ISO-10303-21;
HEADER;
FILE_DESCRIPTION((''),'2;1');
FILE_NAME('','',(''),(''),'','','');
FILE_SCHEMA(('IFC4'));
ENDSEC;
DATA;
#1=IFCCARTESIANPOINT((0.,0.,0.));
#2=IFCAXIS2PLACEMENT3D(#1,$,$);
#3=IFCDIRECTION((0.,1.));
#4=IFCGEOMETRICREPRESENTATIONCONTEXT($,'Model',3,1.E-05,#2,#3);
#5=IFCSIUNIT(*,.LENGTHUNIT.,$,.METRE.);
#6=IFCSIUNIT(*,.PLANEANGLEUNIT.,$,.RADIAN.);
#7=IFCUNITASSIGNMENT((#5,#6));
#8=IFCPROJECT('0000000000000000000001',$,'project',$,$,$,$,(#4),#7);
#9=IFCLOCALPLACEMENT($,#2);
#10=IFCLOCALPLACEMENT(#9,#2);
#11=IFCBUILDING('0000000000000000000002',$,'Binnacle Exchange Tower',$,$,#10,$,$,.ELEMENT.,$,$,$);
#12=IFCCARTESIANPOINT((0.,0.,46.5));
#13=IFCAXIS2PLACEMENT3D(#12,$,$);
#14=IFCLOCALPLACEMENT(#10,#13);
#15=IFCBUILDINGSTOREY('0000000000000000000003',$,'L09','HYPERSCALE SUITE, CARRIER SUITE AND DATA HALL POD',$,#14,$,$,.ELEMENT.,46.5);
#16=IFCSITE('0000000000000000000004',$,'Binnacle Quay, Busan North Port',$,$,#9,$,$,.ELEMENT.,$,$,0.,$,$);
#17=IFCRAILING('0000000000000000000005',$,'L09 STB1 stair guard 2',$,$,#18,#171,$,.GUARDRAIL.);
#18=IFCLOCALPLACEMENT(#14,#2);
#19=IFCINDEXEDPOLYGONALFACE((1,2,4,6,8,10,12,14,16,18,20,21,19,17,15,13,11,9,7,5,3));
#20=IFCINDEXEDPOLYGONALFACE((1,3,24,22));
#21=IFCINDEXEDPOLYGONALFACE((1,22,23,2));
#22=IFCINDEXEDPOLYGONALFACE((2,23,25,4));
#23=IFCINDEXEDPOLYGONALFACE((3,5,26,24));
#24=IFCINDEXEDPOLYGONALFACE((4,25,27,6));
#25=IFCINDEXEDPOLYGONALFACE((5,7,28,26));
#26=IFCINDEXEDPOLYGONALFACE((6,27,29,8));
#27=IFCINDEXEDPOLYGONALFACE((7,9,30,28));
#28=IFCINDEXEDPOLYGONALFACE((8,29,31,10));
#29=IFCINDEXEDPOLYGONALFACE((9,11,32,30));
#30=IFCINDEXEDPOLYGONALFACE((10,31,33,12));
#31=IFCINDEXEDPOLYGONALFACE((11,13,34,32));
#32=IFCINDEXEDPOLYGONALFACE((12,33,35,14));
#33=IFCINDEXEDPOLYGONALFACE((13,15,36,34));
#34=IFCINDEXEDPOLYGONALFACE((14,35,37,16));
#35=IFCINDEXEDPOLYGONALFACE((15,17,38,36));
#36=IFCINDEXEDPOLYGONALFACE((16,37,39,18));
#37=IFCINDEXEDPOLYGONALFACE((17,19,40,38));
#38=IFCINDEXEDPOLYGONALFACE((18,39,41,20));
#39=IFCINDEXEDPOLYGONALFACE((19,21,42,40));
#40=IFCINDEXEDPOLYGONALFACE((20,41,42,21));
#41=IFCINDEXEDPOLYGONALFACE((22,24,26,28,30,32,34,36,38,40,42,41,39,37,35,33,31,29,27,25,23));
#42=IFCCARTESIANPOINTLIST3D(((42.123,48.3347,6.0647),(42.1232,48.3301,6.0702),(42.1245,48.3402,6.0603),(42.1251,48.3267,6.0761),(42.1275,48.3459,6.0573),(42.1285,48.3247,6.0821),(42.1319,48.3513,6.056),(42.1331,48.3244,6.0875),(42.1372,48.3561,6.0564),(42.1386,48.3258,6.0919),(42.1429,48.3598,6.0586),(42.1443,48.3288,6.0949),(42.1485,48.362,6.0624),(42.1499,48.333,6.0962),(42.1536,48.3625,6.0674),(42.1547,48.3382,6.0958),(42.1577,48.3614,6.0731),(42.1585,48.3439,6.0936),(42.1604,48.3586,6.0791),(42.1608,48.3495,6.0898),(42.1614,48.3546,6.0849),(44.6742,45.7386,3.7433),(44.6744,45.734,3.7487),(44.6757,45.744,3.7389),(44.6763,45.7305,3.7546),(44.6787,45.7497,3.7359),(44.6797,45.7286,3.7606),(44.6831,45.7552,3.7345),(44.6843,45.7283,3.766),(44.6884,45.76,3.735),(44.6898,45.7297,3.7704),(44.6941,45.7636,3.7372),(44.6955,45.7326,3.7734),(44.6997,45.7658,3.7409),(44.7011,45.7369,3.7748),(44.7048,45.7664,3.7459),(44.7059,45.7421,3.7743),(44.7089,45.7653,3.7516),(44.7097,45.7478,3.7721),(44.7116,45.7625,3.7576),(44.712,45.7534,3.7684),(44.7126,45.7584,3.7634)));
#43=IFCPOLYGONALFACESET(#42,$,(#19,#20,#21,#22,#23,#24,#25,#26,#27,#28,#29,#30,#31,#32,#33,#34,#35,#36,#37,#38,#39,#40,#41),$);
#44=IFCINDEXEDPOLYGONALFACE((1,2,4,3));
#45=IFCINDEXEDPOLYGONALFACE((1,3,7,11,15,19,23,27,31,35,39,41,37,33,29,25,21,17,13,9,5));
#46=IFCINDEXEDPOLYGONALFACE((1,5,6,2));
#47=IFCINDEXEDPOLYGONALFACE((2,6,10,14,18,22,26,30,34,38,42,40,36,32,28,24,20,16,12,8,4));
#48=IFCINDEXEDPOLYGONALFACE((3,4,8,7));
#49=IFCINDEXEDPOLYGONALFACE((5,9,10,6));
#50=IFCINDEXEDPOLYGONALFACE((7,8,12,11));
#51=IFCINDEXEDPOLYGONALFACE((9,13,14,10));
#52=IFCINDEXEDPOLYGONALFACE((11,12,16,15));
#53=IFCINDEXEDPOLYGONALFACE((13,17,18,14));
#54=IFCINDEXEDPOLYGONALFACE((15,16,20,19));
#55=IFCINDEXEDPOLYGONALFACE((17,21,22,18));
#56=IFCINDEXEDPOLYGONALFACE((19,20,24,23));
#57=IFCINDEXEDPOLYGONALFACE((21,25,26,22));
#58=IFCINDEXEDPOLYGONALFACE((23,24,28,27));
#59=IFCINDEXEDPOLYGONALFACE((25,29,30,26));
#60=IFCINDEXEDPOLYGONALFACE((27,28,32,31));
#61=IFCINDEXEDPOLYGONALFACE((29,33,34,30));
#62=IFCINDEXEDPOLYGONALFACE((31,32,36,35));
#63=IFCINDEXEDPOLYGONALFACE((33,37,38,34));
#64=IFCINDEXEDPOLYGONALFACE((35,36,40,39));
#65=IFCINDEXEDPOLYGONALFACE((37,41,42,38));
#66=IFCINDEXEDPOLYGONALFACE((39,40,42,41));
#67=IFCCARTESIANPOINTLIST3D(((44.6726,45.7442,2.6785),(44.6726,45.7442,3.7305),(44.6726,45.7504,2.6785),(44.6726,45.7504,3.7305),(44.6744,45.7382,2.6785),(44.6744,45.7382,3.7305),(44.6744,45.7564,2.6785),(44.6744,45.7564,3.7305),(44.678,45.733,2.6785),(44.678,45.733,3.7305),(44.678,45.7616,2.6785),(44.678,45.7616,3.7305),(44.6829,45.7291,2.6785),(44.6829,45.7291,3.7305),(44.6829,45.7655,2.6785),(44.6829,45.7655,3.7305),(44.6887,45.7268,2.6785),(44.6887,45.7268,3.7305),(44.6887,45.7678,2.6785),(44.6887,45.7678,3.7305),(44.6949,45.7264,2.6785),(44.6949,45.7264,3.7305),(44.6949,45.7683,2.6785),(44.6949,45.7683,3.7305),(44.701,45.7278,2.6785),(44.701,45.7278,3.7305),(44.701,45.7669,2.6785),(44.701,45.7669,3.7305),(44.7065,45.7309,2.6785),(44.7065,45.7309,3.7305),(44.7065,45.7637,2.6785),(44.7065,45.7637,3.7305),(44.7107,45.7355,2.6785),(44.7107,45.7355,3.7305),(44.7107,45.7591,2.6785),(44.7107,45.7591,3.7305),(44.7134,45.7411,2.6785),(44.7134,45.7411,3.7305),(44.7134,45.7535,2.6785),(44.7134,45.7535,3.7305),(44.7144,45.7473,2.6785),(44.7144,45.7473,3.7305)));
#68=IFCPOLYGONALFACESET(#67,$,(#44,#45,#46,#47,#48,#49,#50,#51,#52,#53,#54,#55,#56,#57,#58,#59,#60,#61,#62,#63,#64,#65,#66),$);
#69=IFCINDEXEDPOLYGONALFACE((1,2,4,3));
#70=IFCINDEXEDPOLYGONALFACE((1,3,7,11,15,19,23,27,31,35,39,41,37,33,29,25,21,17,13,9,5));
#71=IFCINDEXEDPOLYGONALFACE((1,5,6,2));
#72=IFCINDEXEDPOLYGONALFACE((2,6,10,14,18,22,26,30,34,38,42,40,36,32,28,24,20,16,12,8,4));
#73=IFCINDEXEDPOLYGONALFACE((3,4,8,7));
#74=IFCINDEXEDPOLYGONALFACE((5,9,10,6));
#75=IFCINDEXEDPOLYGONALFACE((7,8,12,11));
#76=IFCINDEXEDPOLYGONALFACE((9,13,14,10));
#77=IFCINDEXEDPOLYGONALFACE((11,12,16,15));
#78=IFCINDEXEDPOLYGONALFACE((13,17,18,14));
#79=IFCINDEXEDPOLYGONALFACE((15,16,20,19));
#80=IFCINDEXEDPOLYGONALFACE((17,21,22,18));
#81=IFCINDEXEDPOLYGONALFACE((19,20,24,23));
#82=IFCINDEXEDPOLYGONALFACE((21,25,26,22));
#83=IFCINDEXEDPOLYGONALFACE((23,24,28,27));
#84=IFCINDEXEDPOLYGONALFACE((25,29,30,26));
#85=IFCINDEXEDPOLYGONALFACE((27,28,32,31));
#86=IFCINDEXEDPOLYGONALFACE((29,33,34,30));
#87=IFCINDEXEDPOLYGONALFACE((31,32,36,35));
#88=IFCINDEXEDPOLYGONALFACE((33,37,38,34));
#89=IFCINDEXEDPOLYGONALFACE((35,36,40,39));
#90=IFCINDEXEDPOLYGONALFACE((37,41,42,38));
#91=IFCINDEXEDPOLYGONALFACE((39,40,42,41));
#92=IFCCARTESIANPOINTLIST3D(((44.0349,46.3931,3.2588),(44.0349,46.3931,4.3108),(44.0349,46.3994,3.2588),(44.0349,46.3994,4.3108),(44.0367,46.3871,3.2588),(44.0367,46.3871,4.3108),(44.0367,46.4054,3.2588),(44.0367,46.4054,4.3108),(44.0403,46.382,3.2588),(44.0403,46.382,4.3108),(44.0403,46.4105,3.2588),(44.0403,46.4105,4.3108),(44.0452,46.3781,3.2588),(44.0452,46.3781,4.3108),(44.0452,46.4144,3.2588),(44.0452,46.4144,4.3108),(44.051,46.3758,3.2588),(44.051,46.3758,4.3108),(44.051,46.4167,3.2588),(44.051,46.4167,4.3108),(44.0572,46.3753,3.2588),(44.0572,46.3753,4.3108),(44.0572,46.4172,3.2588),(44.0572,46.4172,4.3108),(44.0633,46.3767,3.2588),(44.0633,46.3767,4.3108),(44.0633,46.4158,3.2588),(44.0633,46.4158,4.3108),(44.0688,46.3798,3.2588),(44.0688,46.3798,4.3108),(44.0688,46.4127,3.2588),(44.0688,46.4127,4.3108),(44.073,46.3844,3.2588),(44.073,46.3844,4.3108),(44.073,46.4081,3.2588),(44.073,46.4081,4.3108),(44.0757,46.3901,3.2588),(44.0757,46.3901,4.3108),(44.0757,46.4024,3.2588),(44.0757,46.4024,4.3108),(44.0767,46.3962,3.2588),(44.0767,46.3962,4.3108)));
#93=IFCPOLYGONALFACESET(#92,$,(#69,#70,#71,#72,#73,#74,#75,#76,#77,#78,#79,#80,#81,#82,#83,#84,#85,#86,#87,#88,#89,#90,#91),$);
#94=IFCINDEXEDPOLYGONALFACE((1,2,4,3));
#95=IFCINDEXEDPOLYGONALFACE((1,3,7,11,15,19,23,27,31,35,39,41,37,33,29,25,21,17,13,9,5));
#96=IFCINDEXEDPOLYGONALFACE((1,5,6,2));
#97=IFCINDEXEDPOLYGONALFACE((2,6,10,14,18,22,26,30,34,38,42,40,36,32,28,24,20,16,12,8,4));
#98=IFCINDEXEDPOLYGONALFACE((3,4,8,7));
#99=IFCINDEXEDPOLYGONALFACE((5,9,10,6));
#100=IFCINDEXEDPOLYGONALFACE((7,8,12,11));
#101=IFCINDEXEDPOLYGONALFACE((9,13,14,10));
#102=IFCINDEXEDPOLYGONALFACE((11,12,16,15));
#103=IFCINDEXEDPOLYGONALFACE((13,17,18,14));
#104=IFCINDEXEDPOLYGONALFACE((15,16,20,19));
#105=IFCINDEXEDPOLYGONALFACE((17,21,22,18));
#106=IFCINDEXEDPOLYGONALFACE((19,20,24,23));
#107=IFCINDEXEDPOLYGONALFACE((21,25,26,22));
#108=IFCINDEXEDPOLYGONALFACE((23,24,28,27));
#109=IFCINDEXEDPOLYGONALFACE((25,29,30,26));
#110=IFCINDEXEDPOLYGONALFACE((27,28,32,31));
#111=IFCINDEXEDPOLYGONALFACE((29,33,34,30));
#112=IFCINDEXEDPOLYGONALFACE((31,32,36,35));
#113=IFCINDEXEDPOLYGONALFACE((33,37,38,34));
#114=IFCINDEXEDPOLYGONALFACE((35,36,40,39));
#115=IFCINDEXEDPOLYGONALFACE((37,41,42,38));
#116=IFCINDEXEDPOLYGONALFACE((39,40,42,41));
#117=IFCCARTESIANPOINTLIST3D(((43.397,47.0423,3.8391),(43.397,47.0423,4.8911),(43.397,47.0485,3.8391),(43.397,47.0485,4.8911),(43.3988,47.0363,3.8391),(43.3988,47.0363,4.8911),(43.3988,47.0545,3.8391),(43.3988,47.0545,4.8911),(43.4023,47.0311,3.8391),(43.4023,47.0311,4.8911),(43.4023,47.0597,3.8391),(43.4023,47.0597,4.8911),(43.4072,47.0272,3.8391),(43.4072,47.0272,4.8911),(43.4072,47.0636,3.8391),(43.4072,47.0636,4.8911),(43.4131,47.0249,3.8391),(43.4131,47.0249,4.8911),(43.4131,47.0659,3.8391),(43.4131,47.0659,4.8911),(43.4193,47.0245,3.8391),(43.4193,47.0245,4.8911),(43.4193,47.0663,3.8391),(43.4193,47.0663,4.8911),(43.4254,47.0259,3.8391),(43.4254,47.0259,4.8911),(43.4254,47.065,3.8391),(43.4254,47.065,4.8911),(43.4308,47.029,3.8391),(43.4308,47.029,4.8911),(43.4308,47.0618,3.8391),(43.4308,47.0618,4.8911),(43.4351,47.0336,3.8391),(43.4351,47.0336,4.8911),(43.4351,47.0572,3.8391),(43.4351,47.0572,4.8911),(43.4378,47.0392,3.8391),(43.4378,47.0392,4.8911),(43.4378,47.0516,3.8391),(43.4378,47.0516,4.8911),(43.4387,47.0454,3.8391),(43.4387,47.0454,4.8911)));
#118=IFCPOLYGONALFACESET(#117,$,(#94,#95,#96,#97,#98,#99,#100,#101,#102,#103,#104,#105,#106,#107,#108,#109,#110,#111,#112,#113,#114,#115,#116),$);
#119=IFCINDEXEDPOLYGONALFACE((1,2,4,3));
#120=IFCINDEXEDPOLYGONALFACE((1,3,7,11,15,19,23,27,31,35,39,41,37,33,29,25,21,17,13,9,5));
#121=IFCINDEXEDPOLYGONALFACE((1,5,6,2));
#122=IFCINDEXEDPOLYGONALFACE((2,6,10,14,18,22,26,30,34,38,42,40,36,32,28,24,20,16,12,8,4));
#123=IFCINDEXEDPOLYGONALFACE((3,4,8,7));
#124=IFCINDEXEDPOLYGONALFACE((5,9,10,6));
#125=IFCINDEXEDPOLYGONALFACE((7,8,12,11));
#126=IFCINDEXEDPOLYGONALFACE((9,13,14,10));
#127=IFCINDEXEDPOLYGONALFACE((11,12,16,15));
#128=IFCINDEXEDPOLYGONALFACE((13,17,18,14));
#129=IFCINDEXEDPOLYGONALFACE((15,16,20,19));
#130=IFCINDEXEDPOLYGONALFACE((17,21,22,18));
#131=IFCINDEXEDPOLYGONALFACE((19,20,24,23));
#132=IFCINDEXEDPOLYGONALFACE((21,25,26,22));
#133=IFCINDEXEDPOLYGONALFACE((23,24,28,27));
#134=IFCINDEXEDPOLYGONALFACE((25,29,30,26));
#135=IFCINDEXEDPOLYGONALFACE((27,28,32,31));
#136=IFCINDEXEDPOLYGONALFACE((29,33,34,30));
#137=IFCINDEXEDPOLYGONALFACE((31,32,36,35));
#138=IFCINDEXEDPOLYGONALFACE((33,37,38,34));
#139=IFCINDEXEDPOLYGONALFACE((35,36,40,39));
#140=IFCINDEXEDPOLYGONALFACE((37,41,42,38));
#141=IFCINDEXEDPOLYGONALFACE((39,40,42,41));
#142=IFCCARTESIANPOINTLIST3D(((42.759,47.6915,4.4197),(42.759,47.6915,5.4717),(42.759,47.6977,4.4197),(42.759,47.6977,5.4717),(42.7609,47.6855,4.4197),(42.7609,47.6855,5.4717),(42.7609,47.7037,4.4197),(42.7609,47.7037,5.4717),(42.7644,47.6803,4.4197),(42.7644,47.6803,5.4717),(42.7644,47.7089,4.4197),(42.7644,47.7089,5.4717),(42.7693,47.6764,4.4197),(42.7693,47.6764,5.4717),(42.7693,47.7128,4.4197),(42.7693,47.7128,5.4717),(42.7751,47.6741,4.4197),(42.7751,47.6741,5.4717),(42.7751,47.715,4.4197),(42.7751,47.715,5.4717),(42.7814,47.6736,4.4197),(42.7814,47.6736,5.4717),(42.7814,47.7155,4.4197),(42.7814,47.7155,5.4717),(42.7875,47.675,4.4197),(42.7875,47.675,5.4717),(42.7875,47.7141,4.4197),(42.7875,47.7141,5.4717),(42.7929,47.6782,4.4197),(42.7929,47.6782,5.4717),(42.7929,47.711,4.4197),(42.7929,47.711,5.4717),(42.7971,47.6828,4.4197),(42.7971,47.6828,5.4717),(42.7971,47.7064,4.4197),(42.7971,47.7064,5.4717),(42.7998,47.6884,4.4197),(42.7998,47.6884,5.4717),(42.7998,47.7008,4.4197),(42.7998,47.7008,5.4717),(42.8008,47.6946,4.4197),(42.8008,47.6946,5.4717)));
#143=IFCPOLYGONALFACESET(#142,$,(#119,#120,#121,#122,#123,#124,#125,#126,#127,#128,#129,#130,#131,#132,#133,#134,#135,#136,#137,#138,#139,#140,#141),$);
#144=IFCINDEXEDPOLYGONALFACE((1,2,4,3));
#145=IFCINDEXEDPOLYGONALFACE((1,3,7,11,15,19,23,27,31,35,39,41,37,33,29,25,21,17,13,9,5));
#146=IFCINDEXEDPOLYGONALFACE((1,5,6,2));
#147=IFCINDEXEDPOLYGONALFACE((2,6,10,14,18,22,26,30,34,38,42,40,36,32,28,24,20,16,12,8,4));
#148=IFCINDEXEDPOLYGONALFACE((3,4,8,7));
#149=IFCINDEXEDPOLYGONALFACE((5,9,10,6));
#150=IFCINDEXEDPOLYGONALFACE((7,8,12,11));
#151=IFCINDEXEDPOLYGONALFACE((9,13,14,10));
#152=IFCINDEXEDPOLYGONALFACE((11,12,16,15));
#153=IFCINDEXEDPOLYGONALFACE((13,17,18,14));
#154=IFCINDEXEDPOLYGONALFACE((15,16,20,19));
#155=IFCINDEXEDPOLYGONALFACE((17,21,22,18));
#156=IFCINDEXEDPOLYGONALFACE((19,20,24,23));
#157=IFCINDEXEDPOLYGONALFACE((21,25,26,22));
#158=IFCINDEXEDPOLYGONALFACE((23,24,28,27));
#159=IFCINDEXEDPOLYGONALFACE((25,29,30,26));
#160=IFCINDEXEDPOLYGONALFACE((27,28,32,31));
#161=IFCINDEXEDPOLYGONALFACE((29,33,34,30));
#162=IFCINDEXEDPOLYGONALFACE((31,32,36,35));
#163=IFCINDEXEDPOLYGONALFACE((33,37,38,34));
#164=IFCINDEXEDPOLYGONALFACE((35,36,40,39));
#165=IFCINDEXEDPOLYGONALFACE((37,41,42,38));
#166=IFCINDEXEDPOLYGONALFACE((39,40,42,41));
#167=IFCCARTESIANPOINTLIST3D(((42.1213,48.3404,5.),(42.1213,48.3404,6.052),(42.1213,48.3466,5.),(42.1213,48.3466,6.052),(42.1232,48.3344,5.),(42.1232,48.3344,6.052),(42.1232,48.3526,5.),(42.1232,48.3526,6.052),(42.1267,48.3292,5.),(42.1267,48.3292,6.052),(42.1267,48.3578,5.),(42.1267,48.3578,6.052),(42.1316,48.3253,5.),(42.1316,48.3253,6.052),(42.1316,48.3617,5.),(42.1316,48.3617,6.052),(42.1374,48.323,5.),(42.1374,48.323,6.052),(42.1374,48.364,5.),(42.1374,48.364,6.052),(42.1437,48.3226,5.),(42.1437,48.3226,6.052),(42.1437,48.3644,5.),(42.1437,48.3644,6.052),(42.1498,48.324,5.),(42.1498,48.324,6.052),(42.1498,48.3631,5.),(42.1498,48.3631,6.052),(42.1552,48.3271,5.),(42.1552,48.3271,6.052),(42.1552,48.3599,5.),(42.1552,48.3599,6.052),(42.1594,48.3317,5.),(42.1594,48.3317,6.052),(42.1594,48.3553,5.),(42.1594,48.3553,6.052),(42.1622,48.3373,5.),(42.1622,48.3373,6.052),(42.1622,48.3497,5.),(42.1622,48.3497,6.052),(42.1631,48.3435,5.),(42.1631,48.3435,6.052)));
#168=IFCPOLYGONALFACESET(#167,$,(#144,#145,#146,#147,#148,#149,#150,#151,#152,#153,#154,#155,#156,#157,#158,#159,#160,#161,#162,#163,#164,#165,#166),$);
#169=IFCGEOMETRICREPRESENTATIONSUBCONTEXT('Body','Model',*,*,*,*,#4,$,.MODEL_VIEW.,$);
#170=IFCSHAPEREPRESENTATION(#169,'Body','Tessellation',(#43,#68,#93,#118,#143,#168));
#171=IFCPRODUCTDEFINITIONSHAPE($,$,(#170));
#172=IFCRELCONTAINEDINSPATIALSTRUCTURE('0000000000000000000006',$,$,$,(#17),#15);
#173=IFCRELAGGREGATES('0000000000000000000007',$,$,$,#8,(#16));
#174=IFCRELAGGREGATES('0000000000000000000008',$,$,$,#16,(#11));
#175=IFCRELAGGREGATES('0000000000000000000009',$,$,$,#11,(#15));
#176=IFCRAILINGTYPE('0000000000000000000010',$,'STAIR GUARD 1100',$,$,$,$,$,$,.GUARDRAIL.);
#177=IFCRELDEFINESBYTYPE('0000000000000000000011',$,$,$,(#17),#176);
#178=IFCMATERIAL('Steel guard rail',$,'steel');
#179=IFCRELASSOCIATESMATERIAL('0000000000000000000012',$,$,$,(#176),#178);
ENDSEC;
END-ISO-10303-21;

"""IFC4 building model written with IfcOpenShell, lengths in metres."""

from ifc_helpers import new_model, si_unit, direction, frame, origin, origin_2d, place, context, subcontext, project, spatial, circle, extrude, material, type_object, element, save


model = new_model("IFC4")

# Units and contexts
model_context = context("Model", 3, precision=1e-05, world=origin(), true_north=direction((0.0, 1.0)))
body_context = subcontext(model_context, "Body", "Model", "MODEL_VIEW")
ifc_project = project(units=[si_unit("LENGTHUNIT", "METRE"), si_unit("PLANEANGLEUNIT", "RADIAN")], contexts=[model_context])

# Site, building, storey
site_placement = place(None, origin())
site = spatial("IfcSite", under=ifc_project, at=site_placement, Name="Binnacle Quay, Busan North Port", CompositionType="ELEMENT", RefElevation=0.0)
building_placement = place(site_placement, origin())
building = spatial("IfcBuilding", under=site, at=building_placement, Name="Binnacle Exchange Tower", CompositionType="ELEMENT")
storey_placement = place(building_placement, frame((0.0, 0.0, 46.5)))
storey = spatial("IfcBuildingStorey", under=building, at=storey_placement, Name="L09", Description="HYPERSCALE SUITE, CARRIER SUITE AND DATA HALL POD", CompositionType="ELEMENT", Elevation=46.5)

# Railing
ifc_material_1 = material(Name="Steel guard rail", Category="steel")
railing_type = type_object("IfcRailingType", Name="STAIR GUARD 1100", PredefinedType="GUARDRAIL", material=ifc_material_1)
railing_placement = place(storey_placement, frame((44.6934, 45.7473, 2.6785)))
element("IfcRailing", 1, at=railing_placement, inside=storey, type_object=railing_type, Name="L09 STB1 stair guard 2", PredefinedType="GUARDRAIL", context=body_context, shape_type="SweptSolid", body=[
    extrude(circle(Radius=0.0239, at=origin_2d()), frame((0.0, 0.0, 1.0762), z_axis=(-0.590947, 0.601352, 0.537733), x_axis=(-0.713251, -0.700909, 0.0)), (0.0, 0.0, 1.0), 4.3171),
    extrude(circle(Radius=0.021, at=origin_2d()), origin(), (0.0, 0.0, 1.0), 1.052),
    extrude(circle(Radius=0.021, at=origin_2d()), frame((-0.6377, 0.6489, 0.5803)), (0.0, 0.0, 1.0), 1.052),
    extrude(circle(Radius=0.021, at=origin_2d()), frame((-1.2756, 1.2981, 1.1606)), (0.0, 0.0, 1.0), 1.052),
    extrude(circle(Radius=0.021, at=origin_2d()), frame((-1.9136, 1.9473, 1.7412)), (0.0, 0.0, 1.0), 1.052),
    extrude(circle(Radius=0.021, at=origin_2d()), frame((-2.5513, 2.5962, 2.3215)), (0.0, 0.0, 1.0), 1.052),
])

save(model, "model.ifc")
